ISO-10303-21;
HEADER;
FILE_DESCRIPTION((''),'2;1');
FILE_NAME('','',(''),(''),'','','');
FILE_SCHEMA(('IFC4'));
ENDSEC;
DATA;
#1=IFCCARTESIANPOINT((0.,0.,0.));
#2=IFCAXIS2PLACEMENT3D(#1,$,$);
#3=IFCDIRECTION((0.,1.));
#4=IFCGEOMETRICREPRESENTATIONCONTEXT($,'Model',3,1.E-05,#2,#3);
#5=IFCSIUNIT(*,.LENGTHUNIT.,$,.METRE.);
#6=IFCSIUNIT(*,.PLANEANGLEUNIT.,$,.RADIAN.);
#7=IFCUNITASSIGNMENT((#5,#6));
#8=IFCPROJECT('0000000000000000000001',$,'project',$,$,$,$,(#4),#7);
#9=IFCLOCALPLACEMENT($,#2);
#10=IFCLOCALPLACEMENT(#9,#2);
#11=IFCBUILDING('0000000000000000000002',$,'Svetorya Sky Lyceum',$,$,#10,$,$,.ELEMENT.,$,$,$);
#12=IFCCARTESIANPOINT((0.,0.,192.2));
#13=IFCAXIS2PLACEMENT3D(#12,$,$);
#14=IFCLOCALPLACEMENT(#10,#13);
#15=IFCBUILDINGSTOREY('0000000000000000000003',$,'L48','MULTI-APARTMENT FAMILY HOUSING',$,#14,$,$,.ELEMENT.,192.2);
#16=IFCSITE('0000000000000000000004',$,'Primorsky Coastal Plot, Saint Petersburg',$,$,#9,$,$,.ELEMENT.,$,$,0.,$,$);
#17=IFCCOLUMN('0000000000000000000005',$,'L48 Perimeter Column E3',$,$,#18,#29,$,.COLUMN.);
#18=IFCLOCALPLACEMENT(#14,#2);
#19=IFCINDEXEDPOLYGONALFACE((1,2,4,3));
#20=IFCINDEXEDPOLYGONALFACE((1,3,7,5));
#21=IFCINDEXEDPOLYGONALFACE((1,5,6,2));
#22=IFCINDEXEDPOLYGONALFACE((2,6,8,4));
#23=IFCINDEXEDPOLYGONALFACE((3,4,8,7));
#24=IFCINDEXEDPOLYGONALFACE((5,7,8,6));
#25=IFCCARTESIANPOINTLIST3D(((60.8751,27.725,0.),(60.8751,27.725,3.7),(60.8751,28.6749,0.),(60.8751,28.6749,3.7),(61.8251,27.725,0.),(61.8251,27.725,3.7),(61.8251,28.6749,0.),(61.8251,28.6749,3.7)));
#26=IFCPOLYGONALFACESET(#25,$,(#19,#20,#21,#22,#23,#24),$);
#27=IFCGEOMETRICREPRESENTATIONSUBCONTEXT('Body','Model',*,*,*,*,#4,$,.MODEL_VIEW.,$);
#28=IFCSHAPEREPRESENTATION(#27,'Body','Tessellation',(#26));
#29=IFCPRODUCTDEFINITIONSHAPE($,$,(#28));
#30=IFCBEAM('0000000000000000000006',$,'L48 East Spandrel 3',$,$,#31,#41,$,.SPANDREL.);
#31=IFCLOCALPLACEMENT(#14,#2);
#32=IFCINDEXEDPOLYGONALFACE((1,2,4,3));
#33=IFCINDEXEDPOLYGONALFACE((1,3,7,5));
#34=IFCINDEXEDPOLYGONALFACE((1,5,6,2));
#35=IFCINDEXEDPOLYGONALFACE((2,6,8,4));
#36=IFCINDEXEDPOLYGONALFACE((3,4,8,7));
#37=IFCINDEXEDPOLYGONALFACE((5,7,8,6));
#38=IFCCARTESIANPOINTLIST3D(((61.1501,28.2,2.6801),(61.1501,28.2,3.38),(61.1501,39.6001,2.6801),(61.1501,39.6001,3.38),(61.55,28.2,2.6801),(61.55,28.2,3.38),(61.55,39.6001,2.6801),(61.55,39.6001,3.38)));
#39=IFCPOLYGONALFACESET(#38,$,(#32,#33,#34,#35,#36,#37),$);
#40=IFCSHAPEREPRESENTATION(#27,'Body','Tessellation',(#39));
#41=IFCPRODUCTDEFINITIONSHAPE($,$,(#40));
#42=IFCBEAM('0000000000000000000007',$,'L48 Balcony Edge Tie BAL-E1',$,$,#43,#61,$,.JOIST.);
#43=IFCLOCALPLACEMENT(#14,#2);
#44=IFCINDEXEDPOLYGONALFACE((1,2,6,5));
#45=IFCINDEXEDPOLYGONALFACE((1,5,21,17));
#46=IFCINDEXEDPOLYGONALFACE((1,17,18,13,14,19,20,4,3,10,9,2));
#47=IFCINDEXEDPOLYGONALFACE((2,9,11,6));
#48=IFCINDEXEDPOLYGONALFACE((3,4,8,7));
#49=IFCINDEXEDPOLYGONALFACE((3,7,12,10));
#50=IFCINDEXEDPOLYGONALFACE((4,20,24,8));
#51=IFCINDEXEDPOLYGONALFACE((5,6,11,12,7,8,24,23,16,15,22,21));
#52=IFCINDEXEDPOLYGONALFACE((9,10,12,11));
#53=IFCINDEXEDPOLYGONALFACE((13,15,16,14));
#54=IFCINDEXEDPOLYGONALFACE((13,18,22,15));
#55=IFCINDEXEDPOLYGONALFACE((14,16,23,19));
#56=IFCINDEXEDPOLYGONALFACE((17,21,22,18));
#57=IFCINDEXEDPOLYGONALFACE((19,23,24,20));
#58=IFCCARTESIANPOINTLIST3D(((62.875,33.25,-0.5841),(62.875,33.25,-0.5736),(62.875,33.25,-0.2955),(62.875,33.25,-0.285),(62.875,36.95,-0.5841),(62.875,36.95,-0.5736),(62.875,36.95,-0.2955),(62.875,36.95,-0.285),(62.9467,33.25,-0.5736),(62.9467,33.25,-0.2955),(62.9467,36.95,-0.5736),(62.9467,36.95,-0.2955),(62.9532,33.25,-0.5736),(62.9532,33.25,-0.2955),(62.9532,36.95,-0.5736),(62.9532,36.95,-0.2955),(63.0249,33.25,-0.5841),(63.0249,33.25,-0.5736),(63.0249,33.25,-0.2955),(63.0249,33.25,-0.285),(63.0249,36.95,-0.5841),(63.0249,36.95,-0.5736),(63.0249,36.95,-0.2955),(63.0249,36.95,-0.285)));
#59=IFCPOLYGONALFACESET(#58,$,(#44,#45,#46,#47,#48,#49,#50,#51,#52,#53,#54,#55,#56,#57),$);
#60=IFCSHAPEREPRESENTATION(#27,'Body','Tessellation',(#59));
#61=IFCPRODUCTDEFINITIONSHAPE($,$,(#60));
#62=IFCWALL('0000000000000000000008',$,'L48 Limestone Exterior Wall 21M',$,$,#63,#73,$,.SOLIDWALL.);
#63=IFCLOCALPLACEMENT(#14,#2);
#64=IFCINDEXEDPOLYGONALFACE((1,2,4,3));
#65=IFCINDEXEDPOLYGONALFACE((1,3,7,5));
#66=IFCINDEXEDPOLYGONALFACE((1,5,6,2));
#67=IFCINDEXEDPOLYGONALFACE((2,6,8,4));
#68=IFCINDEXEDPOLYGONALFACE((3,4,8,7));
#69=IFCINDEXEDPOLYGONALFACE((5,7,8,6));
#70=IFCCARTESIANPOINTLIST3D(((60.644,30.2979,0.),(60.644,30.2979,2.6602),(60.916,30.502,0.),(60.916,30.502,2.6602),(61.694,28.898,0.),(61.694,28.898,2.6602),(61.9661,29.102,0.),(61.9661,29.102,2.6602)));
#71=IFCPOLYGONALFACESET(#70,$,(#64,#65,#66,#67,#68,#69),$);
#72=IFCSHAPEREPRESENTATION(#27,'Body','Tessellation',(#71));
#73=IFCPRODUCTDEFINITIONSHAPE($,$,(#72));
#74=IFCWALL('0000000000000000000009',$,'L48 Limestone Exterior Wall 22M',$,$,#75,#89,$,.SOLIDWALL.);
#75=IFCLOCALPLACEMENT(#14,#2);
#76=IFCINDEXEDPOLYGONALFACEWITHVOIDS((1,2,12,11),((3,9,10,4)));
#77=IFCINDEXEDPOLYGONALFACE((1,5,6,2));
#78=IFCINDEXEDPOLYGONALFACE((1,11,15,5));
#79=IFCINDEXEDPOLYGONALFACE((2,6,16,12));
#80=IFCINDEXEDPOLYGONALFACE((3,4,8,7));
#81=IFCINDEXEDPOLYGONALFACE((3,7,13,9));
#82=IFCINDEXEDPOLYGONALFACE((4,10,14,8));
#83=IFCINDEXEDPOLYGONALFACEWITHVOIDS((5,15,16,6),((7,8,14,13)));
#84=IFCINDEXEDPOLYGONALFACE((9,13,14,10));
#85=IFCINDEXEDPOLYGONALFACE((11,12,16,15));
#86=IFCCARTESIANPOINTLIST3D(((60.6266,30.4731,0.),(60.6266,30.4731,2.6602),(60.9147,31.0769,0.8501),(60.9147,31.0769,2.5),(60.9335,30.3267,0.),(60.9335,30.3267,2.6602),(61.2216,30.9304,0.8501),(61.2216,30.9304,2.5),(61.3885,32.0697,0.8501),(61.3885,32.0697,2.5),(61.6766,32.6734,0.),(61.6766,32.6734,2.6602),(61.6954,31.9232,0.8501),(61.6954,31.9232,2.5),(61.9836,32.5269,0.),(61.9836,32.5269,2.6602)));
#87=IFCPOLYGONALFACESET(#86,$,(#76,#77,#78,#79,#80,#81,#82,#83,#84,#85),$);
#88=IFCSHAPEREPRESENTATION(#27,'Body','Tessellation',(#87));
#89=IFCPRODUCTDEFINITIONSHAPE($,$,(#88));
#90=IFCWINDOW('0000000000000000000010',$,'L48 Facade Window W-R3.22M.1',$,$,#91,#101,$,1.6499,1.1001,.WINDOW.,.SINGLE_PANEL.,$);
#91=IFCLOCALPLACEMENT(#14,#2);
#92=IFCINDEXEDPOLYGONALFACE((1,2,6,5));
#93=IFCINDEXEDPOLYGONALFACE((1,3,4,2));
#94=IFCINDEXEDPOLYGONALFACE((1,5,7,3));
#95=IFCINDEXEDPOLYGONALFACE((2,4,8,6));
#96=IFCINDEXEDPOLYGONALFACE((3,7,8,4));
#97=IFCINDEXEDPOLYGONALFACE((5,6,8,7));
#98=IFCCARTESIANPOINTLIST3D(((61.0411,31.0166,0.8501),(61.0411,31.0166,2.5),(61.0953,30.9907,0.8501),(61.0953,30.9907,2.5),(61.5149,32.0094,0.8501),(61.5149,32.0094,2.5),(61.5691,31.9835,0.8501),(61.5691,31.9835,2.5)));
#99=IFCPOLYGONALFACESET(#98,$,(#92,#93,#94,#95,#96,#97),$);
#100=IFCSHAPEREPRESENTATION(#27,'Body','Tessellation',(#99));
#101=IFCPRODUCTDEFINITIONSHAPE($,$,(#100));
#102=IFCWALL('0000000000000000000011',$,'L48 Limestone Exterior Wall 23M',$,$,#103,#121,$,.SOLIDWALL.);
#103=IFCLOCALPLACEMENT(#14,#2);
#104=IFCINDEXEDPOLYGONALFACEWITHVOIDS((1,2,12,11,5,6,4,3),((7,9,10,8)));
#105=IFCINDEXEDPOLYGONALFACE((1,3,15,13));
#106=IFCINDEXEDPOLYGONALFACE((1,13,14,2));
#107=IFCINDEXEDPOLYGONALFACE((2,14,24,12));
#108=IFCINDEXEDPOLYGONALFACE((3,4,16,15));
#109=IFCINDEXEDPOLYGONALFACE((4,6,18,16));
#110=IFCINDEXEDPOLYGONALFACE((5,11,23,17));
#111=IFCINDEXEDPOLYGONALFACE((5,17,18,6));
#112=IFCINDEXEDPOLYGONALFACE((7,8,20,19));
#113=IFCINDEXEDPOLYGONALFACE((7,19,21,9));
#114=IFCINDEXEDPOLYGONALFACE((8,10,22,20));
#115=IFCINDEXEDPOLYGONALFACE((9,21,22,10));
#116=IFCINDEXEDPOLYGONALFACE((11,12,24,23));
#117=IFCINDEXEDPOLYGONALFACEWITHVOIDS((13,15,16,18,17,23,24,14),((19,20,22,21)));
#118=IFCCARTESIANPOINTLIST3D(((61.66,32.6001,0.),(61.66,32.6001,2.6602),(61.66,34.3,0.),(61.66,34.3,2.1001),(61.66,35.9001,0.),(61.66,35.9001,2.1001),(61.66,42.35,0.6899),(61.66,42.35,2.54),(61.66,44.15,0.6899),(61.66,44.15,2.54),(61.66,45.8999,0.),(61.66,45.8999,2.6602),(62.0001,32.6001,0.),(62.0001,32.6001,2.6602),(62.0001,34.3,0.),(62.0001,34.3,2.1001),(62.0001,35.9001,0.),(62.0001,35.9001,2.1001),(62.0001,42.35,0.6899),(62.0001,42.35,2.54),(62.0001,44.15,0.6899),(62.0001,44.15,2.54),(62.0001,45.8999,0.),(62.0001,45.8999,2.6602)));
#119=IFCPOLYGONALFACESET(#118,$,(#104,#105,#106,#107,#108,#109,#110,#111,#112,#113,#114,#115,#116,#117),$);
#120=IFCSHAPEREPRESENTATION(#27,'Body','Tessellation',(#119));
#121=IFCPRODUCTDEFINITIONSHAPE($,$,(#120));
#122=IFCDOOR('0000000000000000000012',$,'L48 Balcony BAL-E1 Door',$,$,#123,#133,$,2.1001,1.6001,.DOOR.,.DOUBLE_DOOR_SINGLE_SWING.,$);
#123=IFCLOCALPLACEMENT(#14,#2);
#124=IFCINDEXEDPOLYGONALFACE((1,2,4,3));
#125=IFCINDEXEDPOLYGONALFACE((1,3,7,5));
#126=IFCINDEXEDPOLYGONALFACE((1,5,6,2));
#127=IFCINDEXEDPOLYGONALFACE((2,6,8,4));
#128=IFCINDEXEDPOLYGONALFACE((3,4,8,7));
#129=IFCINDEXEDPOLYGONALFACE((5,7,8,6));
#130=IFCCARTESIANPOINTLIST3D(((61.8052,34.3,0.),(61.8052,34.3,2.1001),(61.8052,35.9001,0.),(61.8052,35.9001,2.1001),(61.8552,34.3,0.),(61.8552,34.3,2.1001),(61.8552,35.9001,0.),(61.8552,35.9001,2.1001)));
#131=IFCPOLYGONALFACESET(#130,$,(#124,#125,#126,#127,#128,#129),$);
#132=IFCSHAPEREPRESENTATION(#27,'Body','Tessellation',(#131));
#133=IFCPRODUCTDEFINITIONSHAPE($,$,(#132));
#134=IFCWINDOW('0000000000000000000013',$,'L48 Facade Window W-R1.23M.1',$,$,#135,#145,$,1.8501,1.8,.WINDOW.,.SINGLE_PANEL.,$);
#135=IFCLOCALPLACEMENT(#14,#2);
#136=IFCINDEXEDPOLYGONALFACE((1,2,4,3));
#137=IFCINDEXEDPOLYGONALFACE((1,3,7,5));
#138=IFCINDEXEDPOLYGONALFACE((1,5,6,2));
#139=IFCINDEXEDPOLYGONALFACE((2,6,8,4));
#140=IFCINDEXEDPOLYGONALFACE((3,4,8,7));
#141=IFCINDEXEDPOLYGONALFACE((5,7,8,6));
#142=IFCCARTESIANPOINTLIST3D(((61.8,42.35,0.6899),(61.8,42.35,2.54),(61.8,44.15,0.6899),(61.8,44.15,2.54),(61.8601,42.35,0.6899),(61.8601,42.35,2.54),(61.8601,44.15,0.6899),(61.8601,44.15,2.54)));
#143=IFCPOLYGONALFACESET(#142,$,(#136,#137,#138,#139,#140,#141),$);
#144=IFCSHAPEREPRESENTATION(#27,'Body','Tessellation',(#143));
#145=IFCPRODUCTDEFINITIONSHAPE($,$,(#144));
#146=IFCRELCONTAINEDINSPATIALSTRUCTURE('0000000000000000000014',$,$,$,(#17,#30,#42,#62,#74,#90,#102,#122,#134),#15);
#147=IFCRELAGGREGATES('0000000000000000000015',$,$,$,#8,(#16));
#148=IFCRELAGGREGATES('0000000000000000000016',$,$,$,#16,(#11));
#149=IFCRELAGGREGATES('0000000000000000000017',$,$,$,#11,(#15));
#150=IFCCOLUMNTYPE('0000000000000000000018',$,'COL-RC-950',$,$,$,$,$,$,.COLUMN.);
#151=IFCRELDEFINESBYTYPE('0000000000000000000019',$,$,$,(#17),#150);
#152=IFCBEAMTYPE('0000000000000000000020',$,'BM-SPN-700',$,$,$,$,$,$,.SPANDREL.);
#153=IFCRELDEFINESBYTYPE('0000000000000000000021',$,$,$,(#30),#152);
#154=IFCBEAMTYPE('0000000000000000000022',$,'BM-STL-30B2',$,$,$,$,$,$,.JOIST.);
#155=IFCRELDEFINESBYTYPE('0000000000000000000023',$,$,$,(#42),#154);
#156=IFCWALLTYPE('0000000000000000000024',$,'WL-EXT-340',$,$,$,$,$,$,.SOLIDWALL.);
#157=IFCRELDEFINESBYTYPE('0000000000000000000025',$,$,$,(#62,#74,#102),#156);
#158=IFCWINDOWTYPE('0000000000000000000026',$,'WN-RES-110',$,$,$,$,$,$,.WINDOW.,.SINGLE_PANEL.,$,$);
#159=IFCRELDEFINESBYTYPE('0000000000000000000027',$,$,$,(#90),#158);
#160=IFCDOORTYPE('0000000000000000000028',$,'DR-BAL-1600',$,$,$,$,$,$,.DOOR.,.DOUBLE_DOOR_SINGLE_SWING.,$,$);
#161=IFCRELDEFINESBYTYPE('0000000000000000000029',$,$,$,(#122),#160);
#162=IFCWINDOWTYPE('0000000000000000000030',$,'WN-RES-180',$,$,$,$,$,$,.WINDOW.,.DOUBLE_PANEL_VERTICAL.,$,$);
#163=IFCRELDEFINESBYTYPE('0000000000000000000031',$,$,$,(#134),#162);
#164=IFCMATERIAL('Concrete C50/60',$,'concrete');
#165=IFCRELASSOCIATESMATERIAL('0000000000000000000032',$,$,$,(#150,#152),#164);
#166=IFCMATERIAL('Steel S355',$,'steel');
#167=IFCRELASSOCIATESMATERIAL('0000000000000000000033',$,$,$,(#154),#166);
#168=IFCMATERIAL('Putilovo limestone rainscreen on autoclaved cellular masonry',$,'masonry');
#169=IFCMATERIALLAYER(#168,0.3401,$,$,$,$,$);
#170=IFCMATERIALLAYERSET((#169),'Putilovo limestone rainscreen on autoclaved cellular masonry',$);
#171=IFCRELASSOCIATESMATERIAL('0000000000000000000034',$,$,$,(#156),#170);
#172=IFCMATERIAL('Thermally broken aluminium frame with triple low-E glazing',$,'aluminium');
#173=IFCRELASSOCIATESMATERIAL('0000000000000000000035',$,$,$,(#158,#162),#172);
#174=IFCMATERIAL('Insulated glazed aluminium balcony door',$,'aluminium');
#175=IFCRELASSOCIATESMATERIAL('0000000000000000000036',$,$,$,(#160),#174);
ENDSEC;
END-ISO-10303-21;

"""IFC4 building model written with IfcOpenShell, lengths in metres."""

from ifc_helpers import new_model, si_unit, direction, frame, frame_2d, origin, origin_2d, place, context, subcontext, project, spatial, rectangle, i_section, extrude, material, layer, layer_set, material_profile, profile_set, type_object, element, fill, save


model = new_model("IFC4")

# Units and contexts
model_context = context("Model", 3, precision=1e-05, world=origin(), true_north=direction((0.0, 1.0)))
body_context = subcontext(model_context, "Body", "Model", "MODEL_VIEW")
ifc_project = project(units=[si_unit("LENGTHUNIT", "METRE"), si_unit("PLANEANGLEUNIT", "RADIAN")], contexts=[model_context])

# Site, building, storey
site_placement = place(None, origin())
site = spatial("IfcSite", under=ifc_project, at=site_placement, Name="Primorsky Coastal Plot, Saint Petersburg", CompositionType="ELEMENT", RefElevation=0.0)
building_placement = place(site_placement, origin())
building = spatial("IfcBuilding", under=site, at=building_placement, Name="Svetorya Sky Lyceum", CompositionType="ELEMENT")
storey_placement = place(building_placement, frame((0.0, 0.0, 192.2)))
storey = spatial("IfcBuildingStorey", under=building, at=storey_placement, Name="L48", Description="MULTI-APARTMENT FAMILY HOUSING", CompositionType="ELEMENT", Elevation=192.2)

# Column
ifc_material_1 = material(Name="Concrete C50/60", Category="concrete")
ifc_material_profile_1 = material_profile(ifc_material_1, rectangle(XDim=0.95, YDim=0.95, at=origin_2d()), Name="RC COL 950x950")
ifc_profile_set_1 = profile_set([ifc_material_profile_1], Name="Concrete C50/60")
column_type = type_object("IfcColumnType", Name="COL-RC-950", PredefinedType="COLUMN", material=ifc_profile_set_1)
column_placement = place(storey_placement, frame((61.3501, 28.2, 0.0), z_axis=(0.0, 0.0, 1.0), x_axis=(1.0, 0.0, 0.0)))
element("IfcColumn", 1, at=column_placement, inside=storey, type_object=column_type, Name="L48 Perimeter Column E3", PredefinedType="COLUMN", context=body_context, shape_type="SweptSolid", body=[
    extrude(rectangle(XDim=0.95, YDim=0.95, at=origin_2d()), origin(), (0.0, 0.0, 1.0), 3.7),
])

# Beams
ifc_material_profile_2 = material_profile(ifc_material_1, rectangle(XDim=0.3999, YDim=0.7, at=origin_2d()), Name="RC SPANDREL 400x700")
ifc_profile_set_2 = profile_set([ifc_material_profile_2], Name="Concrete C50/60")
beam_type_1 = type_object("IfcBeamType", Name="BM-SPN-700", PredefinedType="SPANDREL", material=ifc_profile_set_2)
beam_1_placement = place(storey_placement, frame((61.3501, 28.2, 3.03), z_axis=(0.0, 1.0, 0.0), x_axis=(-1.0, 0.0, 0.0)))
element("IfcBeam", 2, at=beam_1_placement, inside=storey, type_object=beam_type_1, Name="L48 East Spandrel 3", PredefinedType="SPANDREL", context=body_context, shape_type="SweptSolid", body=[
    extrude(rectangle(XDim=0.3999, YDim=0.7, at=origin_2d()), origin(), (0.0, 0.0, 1.0), 11.4001),
])
ifc_material_2 = material(Name="Steel S355", Category="steel")
ifc_material_profile_3 = material_profile(ifc_material_2, i_section(OverallWidth=0.1499, OverallDepth=0.2991, WebThickness=0.0066, FlangeThickness=0.0105, at=origin_2d()), Name="GOST 30B2")
ifc_profile_set_3 = profile_set([ifc_material_profile_3], Name="Steel S355")
beam_type_2 = type_object("IfcBeamType", Name="BM-STL-30B2", PredefinedType="JOIST", material=ifc_profile_set_3)
beam_2_placement = place(storey_placement, frame((62.95, 33.25, -0.4346), z_axis=(0.0, 1.0, 0.0), x_axis=(-1.0, 0.0, 0.0)))
element("IfcBeam", 3, at=beam_2_placement, inside=storey, type_object=beam_type_2, Name="L48 Balcony Edge Tie BAL-E1", PredefinedType="JOIST", context=body_context, shape_type="SweptSolid", body=[
    extrude(i_section(OverallWidth=0.1499, OverallDepth=0.2991, WebThickness=0.0066, FlangeThickness=0.0105, at=origin_2d()), origin(), (0.0, 0.0, 1.0), 3.7),
])

# Wall
ifc_material_3 = material(Name="Putilovo limestone rainscreen on autoclaved cellular masonry", Category="masonry")
ifc_layer_1 = layer(ifc_material_3, 0.3401)
ifc_layer_set_1 = layer_set([ifc_layer_1], Name="Putilovo limestone rainscreen on autoclaved cellular masonry")
wall_type_1 = type_object("IfcWallType", Name="WL-EXT-340", PredefinedType="SOLIDWALL", material=ifc_layer_set_1)
wall_1_placement = place(storey_placement, frame((61.8301, 29.0, 0.0), z_axis=(0.0, 0.0, 1.0), x_axis=(-0.600045, 0.799967, 0.0)))
element("IfcWall", 4, at=wall_1_placement, inside=storey, type_object=wall_type_1, Name="L48 Limestone Exterior Wall 21M", PredefinedType="SOLIDWALL", context=body_context, shape_type="SweptSolid", body=[
    extrude(rectangle(XDim=1.75, YDim=0.3401, at=frame_2d((0.875, 0.0))), origin(), (0.0, 0.0, 1.0), 2.6602),
])

# Wall, opening, window
wall_2_placement = place(storey_placement, frame((60.78, 30.3999, 0.0), z_axis=(0.0, 0.0, 1.0), x_axis=(0.430715, 0.902488, 0.0)))
wall_2 = element("IfcWall", 5, at=wall_2_placement, inside=storey, type_object=wall_type_1, Name="L48 Limestone Exterior Wall 22M", PredefinedType="SOLIDWALL", context=body_context, shape_type="SweptSolid", body=[
    extrude(rectangle(XDim=2.438, YDim=0.3401, at=frame_2d((1.219, 0.0))), origin(), (0.0, 0.0, 1.0), 2.6602),
])
opening_1_placement = place(wall_2_placement, frame((0.6689, 0.0, 0.8501)))
opening_1 = element("IfcOpeningElement", 6, at=opening_1_placement, cuts=wall_2, PredefinedType="OPENING", context=body_context, shape_type="SweptSolid", body=[
    extrude(rectangle(XDim=1.1001, YDim=1.6499, at=frame_2d((0.55, 0.825))), frame((0.0, 0.1799, 0.0), z_axis=(0.0, -1.0, 0.0), x_axis=(1.0, 0.0, 0.0)), (0.0, 0.0, 1.0), 0.3601),
])
ifc_material_4 = material(Name="Thermally broken aluminium frame with triple low-E glazing", Category="aluminium")
window_type_1 = type_object("IfcWindowType", Name="WN-RES-110", PartitioningType="SINGLE_PANEL", PredefinedType="WINDOW", material=ifc_material_4)
window_1_placement = place(opening_1_placement, origin())
window_1 = element("IfcWindow", 7, at=window_1_placement, inside=storey, type_object=window_type_1, Name="L48 Facade Window W-R3.22M.1", OverallHeight=1.6499, OverallWidth=1.1001, PartitioningType="SINGLE_PANEL", PredefinedType="WINDOW", context=body_context, shape_type="SweptSolid", body=[
    extrude(rectangle(XDim=1.1001, YDim=1.6499, at=frame_2d((0.55, 0.825))), frame((0.0, 0.03, 0.0), z_axis=(0.0, -1.0, 0.0), x_axis=(1.0, 0.0, 0.0)), (0.0, 0.0, 1.0), 0.0601),
])
fill(opening_1, window_1)

# Wall, openings, door, window
wall_3_placement = place(storey_placement, frame((61.8301, 32.6001, 0.0), z_axis=(0.0, 0.0, 1.0), x_axis=(0.0, 1.0, 0.0)))
wall_3 = element("IfcWall", 8, at=wall_3_placement, inside=storey, type_object=wall_type_1, Name="L48 Limestone Exterior Wall 23M", PredefinedType="SOLIDWALL", context=body_context, shape_type="SweptSolid", body=[
    extrude(rectangle(XDim=13.2998, YDim=0.3401, at=frame_2d((6.6499, 0.0))), origin(), (0.0, 0.0, 1.0), 2.6602),
])
opening_2_placement = place(wall_3_placement, frame((1.7, 0.0, 0.0)))
opening_2 = element("IfcOpeningElement", 9, at=opening_2_placement, cuts=wall_3, PredefinedType="OPENING", context=body_context, shape_type="SweptSolid", body=[
    extrude(rectangle(XDim=1.6001, YDim=2.1001, at=frame_2d((0.8, 1.05))), frame((0.0, 0.1799, 0.0), z_axis=(0.0, -1.0, 0.0), x_axis=(1.0, 0.0, 0.0)), (0.0, 0.0, 1.0), 0.3601),
])
opening_3_placement = place(wall_3_placement, frame((9.75, 0.0, 0.6899)))
opening_3 = element("IfcOpeningElement", 10, at=opening_3_placement, cuts=wall_3, PredefinedType="OPENING", context=body_context, shape_type="SweptSolid", body=[
    extrude(rectangle(XDim=1.8, YDim=1.8501, at=frame_2d((0.8999, 0.925))), frame((0.0, 0.1799, 0.0), z_axis=(0.0, -1.0, 0.0), x_axis=(1.0, 0.0, 0.0)), (0.0, 0.0, 1.0), 0.3601),
])
ifc_material_5 = material(Name="Insulated glazed aluminium balcony door", Category="aluminium")
door_type_1 = type_object("IfcDoorType", Name="DR-BAL-1600", OperationType="DOUBLE_DOOR_SINGLE_SWING", PredefinedType="DOOR", material=ifc_material_5)
door_1_placement = place(opening_2_placement, origin())
door_1 = element("IfcDoor", 11, at=door_1_placement, inside=storey, type_object=door_type_1, Name="L48 Balcony BAL-E1 Door", OperationType="DOUBLE_DOOR_SINGLE_SWING", OverallHeight=2.1001, OverallWidth=1.6001, PredefinedType="DOOR", context=body_context, shape_type="SweptSolid", body=[
    extrude(rectangle(XDim=1.6001, YDim=2.1001, at=frame_2d((0.8, 1.05))), frame((0.0, 0.0249, 0.0), z_axis=(0.0, -1.0, 0.0), x_axis=(1.0, 0.0, 0.0)), (0.0, 0.0, 1.0), 0.05),
])
fill(opening_2, door_1)
window_type_2 = type_object("IfcWindowType", Name="WN-RES-180", PartitioningType="DOUBLE_PANEL_VERTICAL", PredefinedType="WINDOW", material=ifc_material_4)
window_2_placement = place(opening_3_placement, origin())
window_2 = element("IfcWindow", 12, at=window_2_placement, inside=storey, type_object=window_type_2, Name="L48 Facade Window W-R1.23M.1", OverallHeight=1.8501, OverallWidth=1.8, PartitioningType="SINGLE_PANEL", PredefinedType="WINDOW", context=body_context, shape_type="SweptSolid", body=[
    extrude(rectangle(XDim=1.8, YDim=1.8501, at=frame_2d((0.8999, 0.925))), frame((0.0, 0.03, 0.0), z_axis=(0.0, -1.0, 0.0), x_axis=(1.0, 0.0, 0.0)), (0.0, 0.0, 1.0), 0.0601),
])
fill(opening_3, window_2)

save(model, "model.ifc")
